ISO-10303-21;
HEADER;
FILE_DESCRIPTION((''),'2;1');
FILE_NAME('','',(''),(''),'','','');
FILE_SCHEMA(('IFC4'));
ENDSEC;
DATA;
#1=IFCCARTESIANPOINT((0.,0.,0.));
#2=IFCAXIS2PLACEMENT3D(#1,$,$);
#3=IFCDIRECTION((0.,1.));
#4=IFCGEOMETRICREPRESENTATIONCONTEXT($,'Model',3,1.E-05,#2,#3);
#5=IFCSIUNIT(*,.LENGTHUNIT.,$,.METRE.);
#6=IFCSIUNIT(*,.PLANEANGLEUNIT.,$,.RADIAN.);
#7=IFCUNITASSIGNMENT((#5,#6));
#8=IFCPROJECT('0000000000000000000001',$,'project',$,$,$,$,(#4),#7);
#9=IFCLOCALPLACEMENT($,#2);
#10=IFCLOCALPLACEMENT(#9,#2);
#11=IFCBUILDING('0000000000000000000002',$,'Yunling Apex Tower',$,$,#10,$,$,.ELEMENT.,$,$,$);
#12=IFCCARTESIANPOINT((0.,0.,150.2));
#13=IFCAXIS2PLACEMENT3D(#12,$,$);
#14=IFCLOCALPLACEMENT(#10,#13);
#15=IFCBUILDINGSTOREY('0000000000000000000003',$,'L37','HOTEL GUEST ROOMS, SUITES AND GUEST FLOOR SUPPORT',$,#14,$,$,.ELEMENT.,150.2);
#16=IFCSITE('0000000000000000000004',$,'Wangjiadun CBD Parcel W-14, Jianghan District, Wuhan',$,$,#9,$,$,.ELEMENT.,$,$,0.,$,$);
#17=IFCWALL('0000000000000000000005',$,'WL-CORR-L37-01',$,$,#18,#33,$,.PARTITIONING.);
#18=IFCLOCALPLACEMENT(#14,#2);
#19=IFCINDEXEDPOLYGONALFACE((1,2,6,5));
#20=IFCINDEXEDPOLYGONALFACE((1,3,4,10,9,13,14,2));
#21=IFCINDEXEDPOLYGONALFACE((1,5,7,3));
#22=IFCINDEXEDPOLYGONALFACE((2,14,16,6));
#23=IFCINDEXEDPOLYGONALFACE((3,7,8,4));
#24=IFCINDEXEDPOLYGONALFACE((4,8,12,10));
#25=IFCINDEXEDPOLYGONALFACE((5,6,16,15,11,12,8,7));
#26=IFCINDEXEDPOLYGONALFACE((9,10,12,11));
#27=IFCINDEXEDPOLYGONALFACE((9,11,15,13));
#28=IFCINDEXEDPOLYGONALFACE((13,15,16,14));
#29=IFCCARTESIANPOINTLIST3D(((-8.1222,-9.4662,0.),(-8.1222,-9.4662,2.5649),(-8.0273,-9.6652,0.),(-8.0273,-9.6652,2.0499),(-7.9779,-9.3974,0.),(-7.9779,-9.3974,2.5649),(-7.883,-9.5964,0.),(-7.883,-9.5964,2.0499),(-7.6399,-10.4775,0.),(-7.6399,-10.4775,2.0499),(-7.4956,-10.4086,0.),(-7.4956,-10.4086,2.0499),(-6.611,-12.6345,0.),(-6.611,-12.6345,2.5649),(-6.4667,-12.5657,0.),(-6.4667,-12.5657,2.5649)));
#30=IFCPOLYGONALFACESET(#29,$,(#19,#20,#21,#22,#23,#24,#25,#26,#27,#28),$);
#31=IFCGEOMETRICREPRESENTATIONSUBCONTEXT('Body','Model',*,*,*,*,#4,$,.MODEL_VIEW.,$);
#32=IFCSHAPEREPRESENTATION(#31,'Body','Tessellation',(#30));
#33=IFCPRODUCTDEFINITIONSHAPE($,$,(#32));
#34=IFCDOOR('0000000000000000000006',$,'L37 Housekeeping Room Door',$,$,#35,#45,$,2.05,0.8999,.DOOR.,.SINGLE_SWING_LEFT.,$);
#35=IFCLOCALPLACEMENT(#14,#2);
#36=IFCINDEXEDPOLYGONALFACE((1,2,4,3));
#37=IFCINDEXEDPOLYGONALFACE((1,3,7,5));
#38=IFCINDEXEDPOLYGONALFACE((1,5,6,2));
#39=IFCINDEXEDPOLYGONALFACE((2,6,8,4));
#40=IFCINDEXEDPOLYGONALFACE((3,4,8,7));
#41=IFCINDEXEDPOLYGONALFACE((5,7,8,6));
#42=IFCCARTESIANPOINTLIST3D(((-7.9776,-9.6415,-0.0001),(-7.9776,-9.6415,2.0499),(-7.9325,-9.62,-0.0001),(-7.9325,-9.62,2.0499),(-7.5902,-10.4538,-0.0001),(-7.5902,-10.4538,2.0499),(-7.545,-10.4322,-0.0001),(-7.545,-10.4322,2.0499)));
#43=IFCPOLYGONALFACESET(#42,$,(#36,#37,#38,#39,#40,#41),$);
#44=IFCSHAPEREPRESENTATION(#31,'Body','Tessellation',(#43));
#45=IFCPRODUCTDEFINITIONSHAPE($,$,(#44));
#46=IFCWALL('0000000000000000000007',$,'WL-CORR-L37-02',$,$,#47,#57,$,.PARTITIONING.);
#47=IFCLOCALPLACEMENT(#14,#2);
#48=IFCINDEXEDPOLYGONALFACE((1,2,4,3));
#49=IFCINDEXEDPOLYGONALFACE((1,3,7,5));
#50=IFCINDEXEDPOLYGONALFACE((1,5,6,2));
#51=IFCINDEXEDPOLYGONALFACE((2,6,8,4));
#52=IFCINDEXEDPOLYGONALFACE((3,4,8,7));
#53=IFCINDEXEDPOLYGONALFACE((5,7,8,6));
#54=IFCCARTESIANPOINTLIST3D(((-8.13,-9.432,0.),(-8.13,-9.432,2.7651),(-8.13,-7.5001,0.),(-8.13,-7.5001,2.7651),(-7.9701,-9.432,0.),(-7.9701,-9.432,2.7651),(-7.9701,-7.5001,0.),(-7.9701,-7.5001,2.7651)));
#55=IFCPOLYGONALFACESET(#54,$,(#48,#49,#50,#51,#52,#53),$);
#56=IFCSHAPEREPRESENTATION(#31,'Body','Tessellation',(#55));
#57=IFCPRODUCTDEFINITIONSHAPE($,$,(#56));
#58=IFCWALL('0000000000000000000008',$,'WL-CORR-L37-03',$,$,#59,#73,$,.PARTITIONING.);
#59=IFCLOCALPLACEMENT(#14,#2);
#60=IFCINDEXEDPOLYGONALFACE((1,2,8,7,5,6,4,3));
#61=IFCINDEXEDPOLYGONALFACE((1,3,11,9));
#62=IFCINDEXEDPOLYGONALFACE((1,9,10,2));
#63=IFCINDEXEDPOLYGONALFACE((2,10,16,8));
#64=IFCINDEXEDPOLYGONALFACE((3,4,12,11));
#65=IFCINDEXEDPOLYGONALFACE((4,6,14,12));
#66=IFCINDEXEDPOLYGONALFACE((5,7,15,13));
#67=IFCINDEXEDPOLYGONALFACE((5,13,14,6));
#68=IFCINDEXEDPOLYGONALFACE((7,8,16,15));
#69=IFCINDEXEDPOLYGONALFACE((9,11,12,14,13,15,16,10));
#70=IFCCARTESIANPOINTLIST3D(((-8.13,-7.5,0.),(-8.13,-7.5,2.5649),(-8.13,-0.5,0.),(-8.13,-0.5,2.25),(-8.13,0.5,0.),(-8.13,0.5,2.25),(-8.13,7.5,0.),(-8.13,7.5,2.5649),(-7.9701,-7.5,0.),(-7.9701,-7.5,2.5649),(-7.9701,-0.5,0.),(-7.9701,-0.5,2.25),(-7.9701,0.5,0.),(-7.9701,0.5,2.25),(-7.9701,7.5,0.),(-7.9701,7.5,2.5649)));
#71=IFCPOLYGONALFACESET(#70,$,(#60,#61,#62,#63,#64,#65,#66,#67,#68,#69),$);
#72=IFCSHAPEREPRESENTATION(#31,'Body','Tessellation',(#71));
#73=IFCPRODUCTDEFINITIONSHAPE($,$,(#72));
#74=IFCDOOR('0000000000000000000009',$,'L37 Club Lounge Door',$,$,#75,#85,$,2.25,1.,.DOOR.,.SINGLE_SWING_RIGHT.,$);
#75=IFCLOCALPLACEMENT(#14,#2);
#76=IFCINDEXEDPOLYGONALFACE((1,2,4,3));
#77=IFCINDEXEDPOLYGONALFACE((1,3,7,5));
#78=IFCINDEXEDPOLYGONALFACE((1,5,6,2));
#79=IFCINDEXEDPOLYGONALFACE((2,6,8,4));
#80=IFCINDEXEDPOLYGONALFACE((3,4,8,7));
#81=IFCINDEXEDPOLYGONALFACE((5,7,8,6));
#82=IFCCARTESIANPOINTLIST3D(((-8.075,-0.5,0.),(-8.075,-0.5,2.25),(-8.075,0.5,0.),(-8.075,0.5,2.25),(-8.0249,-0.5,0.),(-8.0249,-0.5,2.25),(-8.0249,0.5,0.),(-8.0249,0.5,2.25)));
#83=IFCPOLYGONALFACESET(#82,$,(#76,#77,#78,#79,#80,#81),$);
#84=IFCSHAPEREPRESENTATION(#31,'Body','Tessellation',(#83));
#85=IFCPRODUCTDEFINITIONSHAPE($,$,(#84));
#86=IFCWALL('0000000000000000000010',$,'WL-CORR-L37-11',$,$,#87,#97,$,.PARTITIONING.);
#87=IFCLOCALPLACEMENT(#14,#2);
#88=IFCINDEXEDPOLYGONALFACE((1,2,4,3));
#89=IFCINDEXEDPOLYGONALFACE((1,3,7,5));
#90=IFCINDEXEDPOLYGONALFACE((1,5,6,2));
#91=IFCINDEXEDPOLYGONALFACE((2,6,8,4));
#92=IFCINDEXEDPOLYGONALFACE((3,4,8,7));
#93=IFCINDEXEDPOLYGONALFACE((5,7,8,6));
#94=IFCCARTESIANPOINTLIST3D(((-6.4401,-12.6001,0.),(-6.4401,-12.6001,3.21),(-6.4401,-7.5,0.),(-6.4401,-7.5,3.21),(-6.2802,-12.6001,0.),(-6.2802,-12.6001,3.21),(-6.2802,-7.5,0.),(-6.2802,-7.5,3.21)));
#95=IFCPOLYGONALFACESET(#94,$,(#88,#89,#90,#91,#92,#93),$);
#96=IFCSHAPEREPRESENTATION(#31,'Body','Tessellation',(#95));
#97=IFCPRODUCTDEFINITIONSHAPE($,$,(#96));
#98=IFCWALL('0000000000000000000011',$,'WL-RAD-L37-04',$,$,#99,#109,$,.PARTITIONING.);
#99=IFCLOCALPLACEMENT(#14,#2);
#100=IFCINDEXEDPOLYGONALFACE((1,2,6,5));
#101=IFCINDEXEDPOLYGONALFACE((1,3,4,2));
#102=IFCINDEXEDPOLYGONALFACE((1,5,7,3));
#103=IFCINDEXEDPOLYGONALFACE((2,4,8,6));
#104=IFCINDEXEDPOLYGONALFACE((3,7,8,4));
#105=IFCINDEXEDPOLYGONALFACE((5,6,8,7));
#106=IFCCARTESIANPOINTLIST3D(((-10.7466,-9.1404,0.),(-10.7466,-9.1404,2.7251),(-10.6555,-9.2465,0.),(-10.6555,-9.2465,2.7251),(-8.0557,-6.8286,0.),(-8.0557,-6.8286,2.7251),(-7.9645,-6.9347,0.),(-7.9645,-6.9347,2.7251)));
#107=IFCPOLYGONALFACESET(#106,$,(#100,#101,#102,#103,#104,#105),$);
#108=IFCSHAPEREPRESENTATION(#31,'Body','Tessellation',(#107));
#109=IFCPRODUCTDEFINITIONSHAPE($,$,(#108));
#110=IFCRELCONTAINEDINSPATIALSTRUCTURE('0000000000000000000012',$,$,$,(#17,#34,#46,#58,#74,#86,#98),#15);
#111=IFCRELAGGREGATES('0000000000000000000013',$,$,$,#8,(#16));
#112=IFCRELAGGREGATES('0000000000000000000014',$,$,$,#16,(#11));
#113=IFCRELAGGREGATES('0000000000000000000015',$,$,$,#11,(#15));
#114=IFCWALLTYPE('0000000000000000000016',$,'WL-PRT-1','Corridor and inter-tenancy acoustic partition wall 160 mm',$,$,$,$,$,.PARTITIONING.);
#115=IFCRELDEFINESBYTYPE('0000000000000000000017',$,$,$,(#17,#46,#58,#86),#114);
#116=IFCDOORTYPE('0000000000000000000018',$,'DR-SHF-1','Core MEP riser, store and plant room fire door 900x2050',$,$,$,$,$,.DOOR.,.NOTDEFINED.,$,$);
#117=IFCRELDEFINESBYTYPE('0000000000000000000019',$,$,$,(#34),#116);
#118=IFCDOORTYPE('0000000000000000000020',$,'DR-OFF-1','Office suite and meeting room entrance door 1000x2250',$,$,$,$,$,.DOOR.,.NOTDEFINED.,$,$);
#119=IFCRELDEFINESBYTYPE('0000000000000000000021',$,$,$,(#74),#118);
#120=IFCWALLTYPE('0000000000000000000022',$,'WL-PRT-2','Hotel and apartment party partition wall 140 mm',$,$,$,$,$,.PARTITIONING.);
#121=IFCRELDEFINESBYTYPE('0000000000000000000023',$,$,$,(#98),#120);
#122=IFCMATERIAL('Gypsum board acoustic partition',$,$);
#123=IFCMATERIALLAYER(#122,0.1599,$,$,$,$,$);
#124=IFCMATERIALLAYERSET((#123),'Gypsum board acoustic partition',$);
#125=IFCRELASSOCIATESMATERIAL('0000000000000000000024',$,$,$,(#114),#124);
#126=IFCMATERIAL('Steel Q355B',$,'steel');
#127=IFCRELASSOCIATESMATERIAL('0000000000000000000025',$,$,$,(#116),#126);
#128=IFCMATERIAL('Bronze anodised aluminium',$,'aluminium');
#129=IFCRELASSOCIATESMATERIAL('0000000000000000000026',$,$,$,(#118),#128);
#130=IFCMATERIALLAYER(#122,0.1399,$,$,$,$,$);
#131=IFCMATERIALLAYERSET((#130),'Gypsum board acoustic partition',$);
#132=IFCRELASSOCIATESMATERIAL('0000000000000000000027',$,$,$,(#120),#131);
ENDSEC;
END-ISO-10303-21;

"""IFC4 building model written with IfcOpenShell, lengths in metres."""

from ifc_helpers import new_model, si_unit, direction, frame, frame_2d, origin, place, context, subcontext, project, spatial, rectangle, extrude, material, layer, layer_set, type_object, element, fill, save


model = new_model("IFC4")

# Units and contexts
model_context = context("Model", 3, precision=1e-05, world=origin(), true_north=direction((0.0, 1.0)))
body_context = subcontext(model_context, "Body", "Model", "MODEL_VIEW")
ifc_project = project(units=[si_unit("LENGTHUNIT", "METRE"), si_unit("PLANEANGLEUNIT", "RADIAN")], contexts=[model_context])

# Site, building, storey
site_placement = place(None, origin())
site = spatial("IfcSite", under=ifc_project, at=site_placement, Name="Wangjiadun CBD Parcel W-14, Jianghan District, Wuhan", CompositionType="ELEMENT", RefElevation=0.0)
building_placement = place(site_placement, origin())
building = spatial("IfcBuilding", under=site, at=building_placement, Name="Yunling Apex Tower", CompositionType="ELEMENT")
storey_placement = place(building_placement, frame((0.0, 0.0, 150.2)))
storey = spatial("IfcBuildingStorey", under=building, at=storey_placement, Name="L37", Description="HOTEL GUEST ROOMS, SUITES AND GUEST FLOOR SUPPORT", CompositionType="ELEMENT", Elevation=150.2)

# Shared definitions
ifc_material_1 = material(Name="Steel Q355B", Category="steel")

# Shared definitions
ifc_material_2 = material(Name="Bronze anodised aluminium", Category="aluminium")

# Wall, opening, door
ifc_material_3 = material(Name="Gypsum board acoustic partition")
ifc_layer_1 = layer(ifc_material_3, 0.1599)
ifc_layer_set_1 = layer_set([ifc_layer_1], Name="Gypsum board acoustic partition")
wall_type_1 = type_object("IfcWallType", Name="WL-PRT-1", Description="Corridor and inter-tenancy acoustic partition wall 160 mm", PredefinedType="PARTITIONING", material=ifc_layer_set_1)
wall_1_placement = place(storey_placement, frame((-6.5388, -12.6001, 0.0), z_axis=(0.0, 0.0, 1.0), x_axis=(-0.430527, 0.902577, 0.0)))
wall_1 = element("IfcWall", 1, at=wall_1_placement, inside=storey, type_object=wall_type_1, Name="WL-CORR-L37-01", PredefinedType="PARTITIONING", context=body_context, shape_type="SweptSolid", body=[
    extrude(rectangle(XDim=3.5103, YDim=0.1599, at=frame_2d((1.7551, 0.0))), origin(), (0.0, 0.0, 1.0), 2.5649),
])
opening_1_placement = place(wall_1_placement, frame((2.3899, 0.0, 0.0)))
opening_1 = element("IfcOpeningElement", 2, at=opening_1_placement, cuts=wall_1, PredefinedType="OPENING", context=body_context, shape_type="SweptSolid", body=[
    extrude(rectangle(XDim=0.8999, YDim=2.05, at=frame_2d((0.45, 1.0249))), frame((0.0, 0.0898, 0.0), z_axis=(0.0, -1.0, 0.0), x_axis=(1.0, 0.0, 0.0)), (0.0, 0.0, 1.0), 0.1799),
])
door_type_1 = type_object("IfcDoorType", Name="DR-SHF-1", Description="Core MEP riser, store and plant room fire door 900x2050", OperationType="NOTDEFINED", PredefinedType="DOOR", material=ifc_material_1)
door_1_placement = place(opening_1_placement, origin())
door_1 = element("IfcDoor", 3, at=door_1_placement, inside=storey, type_object=door_type_1, Name="L37 Housekeeping Room Door", OperationType="SINGLE_SWING_LEFT", OverallHeight=2.05, OverallWidth=0.8999, PredefinedType="DOOR", context=body_context, shape_type="SweptSolid", body=[
    extrude(rectangle(XDim=0.8999, YDim=2.05, at=frame_2d((0.45, 1.0249))), frame((0.0, 0.0249, 0.0), z_axis=(0.0, -1.0, 0.0), x_axis=(1.0, 0.0, 0.0)), (0.0, 0.0, 1.0), 0.05),
])
fill(opening_1, door_1)

# Wall
wall_2_placement = place(storey_placement, frame((-8.05, -9.4319, 0.0), z_axis=(0.0, 0.0, 1.0), x_axis=(0.0, 1.0, 0.0)))
element("IfcWall", 4, at=wall_2_placement, inside=storey, type_object=wall_type_1, Name="WL-CORR-L37-02", PredefinedType="PARTITIONING", context=body_context, shape_type="SweptSolid", body=[
    extrude(rectangle(XDim=1.9319, YDim=0.1599, at=frame_2d((0.9658, 0.0))), origin(), (0.0, 0.0, 1.0), 2.7651),
])

# Wall, opening, door
wall_3_placement = place(storey_placement, frame((-8.05, -7.5, 0.0), z_axis=(0.0, 0.0, 1.0), x_axis=(0.0, 1.0, 0.0)))
wall_3 = element("IfcWall", 5, at=wall_3_placement, inside=storey, type_object=wall_type_1, Name="WL-CORR-L37-03", PredefinedType="PARTITIONING", context=body_context, shape_type="SweptSolid", body=[
    extrude(rectangle(XDim=15.0, YDim=0.1599, at=frame_2d((7.5, 0.0))), origin(), (0.0, 0.0, 1.0), 2.5649),
])
opening_2_placement = place(wall_3_placement, frame((7.0, 0.0, 0.0)))
opening_2 = element("IfcOpeningElement", 6, at=opening_2_placement, cuts=wall_3, PredefinedType="OPENING", context=body_context, shape_type="SweptSolid", body=[
    extrude(rectangle(XDim=1.0, YDim=2.25, at=frame_2d((0.5, 1.125))), frame((0.0, 0.0898, 0.0), z_axis=(0.0, -1.0, 0.0), x_axis=(1.0, 0.0, 0.0)), (0.0, 0.0, 1.0), 0.1799),
])
door_type_2 = type_object("IfcDoorType", Name="DR-OFF-1", Description="Office suite and meeting room entrance door 1000x2250", OperationType="NOTDEFINED", PredefinedType="DOOR", material=ifc_material_2)
door_2_placement = place(opening_2_placement, origin())
door_2 = element("IfcDoor", 7, at=door_2_placement, inside=storey, type_object=door_type_2, Name="L37 Club Lounge Door", OperationType="SINGLE_SWING_RIGHT", OverallHeight=2.25, OverallWidth=1.0, PredefinedType="DOOR", context=body_context, shape_type="SweptSolid", body=[
    extrude(rectangle(XDim=1.0, YDim=2.25, at=frame_2d((0.5, 1.125))), frame((0.0, 0.0249, 0.0), z_axis=(0.0, -1.0, 0.0), x_axis=(1.0, 0.0, 0.0)), (0.0, 0.0, 1.0), 0.05),
])
fill(opening_2, door_2)

# Walls
wall_4_placement = place(storey_placement, frame((-6.3601, -7.5, 0.0), z_axis=(0.0, 0.0, 1.0), x_axis=(0.0, -1.0, 0.0)))
element("IfcWall", 8, at=wall_4_placement, inside=storey, type_object=wall_type_1, Name="WL-CORR-L37-11", PredefinedType="PARTITIONING", context=body_context, shape_type="SweptSolid", body=[
    extrude(rectangle(XDim=5.1001, YDim=0.1599, at=frame_2d((2.55, 0.0))), origin(), (0.0, 0.0, 1.0), 3.21),
])
ifc_layer_2 = layer(ifc_material_3, 0.1399)
ifc_layer_set_2 = layer_set([ifc_layer_2], Name="Gypsum board acoustic partition")
wall_type_2 = type_object("IfcWallType", Name="WL-PRT-2", Description="Hotel and apartment party partition wall 140 mm", PredefinedType="PARTITIONING", material=ifc_layer_set_2)
wall_5_placement = place(storey_placement, frame((-8.01, -6.8816, 0.0), z_axis=(0.0, 0.0, 1.0), x_axis=(-0.758523, -0.651647, 0.0)))
element("IfcWall", 9, at=wall_5_placement, inside=storey, type_object=wall_type_2, Name="WL-RAD-L37-04", PredefinedType="PARTITIONING", context=body_context, shape_type="SweptSolid", body=[
    extrude(rectangle(XDim=3.5476, YDim=0.1399, at=frame_2d((1.7739, 0.0))), origin(), (0.0, 0.0, 1.0), 2.7251),
])

save(model, "model.ifc")
